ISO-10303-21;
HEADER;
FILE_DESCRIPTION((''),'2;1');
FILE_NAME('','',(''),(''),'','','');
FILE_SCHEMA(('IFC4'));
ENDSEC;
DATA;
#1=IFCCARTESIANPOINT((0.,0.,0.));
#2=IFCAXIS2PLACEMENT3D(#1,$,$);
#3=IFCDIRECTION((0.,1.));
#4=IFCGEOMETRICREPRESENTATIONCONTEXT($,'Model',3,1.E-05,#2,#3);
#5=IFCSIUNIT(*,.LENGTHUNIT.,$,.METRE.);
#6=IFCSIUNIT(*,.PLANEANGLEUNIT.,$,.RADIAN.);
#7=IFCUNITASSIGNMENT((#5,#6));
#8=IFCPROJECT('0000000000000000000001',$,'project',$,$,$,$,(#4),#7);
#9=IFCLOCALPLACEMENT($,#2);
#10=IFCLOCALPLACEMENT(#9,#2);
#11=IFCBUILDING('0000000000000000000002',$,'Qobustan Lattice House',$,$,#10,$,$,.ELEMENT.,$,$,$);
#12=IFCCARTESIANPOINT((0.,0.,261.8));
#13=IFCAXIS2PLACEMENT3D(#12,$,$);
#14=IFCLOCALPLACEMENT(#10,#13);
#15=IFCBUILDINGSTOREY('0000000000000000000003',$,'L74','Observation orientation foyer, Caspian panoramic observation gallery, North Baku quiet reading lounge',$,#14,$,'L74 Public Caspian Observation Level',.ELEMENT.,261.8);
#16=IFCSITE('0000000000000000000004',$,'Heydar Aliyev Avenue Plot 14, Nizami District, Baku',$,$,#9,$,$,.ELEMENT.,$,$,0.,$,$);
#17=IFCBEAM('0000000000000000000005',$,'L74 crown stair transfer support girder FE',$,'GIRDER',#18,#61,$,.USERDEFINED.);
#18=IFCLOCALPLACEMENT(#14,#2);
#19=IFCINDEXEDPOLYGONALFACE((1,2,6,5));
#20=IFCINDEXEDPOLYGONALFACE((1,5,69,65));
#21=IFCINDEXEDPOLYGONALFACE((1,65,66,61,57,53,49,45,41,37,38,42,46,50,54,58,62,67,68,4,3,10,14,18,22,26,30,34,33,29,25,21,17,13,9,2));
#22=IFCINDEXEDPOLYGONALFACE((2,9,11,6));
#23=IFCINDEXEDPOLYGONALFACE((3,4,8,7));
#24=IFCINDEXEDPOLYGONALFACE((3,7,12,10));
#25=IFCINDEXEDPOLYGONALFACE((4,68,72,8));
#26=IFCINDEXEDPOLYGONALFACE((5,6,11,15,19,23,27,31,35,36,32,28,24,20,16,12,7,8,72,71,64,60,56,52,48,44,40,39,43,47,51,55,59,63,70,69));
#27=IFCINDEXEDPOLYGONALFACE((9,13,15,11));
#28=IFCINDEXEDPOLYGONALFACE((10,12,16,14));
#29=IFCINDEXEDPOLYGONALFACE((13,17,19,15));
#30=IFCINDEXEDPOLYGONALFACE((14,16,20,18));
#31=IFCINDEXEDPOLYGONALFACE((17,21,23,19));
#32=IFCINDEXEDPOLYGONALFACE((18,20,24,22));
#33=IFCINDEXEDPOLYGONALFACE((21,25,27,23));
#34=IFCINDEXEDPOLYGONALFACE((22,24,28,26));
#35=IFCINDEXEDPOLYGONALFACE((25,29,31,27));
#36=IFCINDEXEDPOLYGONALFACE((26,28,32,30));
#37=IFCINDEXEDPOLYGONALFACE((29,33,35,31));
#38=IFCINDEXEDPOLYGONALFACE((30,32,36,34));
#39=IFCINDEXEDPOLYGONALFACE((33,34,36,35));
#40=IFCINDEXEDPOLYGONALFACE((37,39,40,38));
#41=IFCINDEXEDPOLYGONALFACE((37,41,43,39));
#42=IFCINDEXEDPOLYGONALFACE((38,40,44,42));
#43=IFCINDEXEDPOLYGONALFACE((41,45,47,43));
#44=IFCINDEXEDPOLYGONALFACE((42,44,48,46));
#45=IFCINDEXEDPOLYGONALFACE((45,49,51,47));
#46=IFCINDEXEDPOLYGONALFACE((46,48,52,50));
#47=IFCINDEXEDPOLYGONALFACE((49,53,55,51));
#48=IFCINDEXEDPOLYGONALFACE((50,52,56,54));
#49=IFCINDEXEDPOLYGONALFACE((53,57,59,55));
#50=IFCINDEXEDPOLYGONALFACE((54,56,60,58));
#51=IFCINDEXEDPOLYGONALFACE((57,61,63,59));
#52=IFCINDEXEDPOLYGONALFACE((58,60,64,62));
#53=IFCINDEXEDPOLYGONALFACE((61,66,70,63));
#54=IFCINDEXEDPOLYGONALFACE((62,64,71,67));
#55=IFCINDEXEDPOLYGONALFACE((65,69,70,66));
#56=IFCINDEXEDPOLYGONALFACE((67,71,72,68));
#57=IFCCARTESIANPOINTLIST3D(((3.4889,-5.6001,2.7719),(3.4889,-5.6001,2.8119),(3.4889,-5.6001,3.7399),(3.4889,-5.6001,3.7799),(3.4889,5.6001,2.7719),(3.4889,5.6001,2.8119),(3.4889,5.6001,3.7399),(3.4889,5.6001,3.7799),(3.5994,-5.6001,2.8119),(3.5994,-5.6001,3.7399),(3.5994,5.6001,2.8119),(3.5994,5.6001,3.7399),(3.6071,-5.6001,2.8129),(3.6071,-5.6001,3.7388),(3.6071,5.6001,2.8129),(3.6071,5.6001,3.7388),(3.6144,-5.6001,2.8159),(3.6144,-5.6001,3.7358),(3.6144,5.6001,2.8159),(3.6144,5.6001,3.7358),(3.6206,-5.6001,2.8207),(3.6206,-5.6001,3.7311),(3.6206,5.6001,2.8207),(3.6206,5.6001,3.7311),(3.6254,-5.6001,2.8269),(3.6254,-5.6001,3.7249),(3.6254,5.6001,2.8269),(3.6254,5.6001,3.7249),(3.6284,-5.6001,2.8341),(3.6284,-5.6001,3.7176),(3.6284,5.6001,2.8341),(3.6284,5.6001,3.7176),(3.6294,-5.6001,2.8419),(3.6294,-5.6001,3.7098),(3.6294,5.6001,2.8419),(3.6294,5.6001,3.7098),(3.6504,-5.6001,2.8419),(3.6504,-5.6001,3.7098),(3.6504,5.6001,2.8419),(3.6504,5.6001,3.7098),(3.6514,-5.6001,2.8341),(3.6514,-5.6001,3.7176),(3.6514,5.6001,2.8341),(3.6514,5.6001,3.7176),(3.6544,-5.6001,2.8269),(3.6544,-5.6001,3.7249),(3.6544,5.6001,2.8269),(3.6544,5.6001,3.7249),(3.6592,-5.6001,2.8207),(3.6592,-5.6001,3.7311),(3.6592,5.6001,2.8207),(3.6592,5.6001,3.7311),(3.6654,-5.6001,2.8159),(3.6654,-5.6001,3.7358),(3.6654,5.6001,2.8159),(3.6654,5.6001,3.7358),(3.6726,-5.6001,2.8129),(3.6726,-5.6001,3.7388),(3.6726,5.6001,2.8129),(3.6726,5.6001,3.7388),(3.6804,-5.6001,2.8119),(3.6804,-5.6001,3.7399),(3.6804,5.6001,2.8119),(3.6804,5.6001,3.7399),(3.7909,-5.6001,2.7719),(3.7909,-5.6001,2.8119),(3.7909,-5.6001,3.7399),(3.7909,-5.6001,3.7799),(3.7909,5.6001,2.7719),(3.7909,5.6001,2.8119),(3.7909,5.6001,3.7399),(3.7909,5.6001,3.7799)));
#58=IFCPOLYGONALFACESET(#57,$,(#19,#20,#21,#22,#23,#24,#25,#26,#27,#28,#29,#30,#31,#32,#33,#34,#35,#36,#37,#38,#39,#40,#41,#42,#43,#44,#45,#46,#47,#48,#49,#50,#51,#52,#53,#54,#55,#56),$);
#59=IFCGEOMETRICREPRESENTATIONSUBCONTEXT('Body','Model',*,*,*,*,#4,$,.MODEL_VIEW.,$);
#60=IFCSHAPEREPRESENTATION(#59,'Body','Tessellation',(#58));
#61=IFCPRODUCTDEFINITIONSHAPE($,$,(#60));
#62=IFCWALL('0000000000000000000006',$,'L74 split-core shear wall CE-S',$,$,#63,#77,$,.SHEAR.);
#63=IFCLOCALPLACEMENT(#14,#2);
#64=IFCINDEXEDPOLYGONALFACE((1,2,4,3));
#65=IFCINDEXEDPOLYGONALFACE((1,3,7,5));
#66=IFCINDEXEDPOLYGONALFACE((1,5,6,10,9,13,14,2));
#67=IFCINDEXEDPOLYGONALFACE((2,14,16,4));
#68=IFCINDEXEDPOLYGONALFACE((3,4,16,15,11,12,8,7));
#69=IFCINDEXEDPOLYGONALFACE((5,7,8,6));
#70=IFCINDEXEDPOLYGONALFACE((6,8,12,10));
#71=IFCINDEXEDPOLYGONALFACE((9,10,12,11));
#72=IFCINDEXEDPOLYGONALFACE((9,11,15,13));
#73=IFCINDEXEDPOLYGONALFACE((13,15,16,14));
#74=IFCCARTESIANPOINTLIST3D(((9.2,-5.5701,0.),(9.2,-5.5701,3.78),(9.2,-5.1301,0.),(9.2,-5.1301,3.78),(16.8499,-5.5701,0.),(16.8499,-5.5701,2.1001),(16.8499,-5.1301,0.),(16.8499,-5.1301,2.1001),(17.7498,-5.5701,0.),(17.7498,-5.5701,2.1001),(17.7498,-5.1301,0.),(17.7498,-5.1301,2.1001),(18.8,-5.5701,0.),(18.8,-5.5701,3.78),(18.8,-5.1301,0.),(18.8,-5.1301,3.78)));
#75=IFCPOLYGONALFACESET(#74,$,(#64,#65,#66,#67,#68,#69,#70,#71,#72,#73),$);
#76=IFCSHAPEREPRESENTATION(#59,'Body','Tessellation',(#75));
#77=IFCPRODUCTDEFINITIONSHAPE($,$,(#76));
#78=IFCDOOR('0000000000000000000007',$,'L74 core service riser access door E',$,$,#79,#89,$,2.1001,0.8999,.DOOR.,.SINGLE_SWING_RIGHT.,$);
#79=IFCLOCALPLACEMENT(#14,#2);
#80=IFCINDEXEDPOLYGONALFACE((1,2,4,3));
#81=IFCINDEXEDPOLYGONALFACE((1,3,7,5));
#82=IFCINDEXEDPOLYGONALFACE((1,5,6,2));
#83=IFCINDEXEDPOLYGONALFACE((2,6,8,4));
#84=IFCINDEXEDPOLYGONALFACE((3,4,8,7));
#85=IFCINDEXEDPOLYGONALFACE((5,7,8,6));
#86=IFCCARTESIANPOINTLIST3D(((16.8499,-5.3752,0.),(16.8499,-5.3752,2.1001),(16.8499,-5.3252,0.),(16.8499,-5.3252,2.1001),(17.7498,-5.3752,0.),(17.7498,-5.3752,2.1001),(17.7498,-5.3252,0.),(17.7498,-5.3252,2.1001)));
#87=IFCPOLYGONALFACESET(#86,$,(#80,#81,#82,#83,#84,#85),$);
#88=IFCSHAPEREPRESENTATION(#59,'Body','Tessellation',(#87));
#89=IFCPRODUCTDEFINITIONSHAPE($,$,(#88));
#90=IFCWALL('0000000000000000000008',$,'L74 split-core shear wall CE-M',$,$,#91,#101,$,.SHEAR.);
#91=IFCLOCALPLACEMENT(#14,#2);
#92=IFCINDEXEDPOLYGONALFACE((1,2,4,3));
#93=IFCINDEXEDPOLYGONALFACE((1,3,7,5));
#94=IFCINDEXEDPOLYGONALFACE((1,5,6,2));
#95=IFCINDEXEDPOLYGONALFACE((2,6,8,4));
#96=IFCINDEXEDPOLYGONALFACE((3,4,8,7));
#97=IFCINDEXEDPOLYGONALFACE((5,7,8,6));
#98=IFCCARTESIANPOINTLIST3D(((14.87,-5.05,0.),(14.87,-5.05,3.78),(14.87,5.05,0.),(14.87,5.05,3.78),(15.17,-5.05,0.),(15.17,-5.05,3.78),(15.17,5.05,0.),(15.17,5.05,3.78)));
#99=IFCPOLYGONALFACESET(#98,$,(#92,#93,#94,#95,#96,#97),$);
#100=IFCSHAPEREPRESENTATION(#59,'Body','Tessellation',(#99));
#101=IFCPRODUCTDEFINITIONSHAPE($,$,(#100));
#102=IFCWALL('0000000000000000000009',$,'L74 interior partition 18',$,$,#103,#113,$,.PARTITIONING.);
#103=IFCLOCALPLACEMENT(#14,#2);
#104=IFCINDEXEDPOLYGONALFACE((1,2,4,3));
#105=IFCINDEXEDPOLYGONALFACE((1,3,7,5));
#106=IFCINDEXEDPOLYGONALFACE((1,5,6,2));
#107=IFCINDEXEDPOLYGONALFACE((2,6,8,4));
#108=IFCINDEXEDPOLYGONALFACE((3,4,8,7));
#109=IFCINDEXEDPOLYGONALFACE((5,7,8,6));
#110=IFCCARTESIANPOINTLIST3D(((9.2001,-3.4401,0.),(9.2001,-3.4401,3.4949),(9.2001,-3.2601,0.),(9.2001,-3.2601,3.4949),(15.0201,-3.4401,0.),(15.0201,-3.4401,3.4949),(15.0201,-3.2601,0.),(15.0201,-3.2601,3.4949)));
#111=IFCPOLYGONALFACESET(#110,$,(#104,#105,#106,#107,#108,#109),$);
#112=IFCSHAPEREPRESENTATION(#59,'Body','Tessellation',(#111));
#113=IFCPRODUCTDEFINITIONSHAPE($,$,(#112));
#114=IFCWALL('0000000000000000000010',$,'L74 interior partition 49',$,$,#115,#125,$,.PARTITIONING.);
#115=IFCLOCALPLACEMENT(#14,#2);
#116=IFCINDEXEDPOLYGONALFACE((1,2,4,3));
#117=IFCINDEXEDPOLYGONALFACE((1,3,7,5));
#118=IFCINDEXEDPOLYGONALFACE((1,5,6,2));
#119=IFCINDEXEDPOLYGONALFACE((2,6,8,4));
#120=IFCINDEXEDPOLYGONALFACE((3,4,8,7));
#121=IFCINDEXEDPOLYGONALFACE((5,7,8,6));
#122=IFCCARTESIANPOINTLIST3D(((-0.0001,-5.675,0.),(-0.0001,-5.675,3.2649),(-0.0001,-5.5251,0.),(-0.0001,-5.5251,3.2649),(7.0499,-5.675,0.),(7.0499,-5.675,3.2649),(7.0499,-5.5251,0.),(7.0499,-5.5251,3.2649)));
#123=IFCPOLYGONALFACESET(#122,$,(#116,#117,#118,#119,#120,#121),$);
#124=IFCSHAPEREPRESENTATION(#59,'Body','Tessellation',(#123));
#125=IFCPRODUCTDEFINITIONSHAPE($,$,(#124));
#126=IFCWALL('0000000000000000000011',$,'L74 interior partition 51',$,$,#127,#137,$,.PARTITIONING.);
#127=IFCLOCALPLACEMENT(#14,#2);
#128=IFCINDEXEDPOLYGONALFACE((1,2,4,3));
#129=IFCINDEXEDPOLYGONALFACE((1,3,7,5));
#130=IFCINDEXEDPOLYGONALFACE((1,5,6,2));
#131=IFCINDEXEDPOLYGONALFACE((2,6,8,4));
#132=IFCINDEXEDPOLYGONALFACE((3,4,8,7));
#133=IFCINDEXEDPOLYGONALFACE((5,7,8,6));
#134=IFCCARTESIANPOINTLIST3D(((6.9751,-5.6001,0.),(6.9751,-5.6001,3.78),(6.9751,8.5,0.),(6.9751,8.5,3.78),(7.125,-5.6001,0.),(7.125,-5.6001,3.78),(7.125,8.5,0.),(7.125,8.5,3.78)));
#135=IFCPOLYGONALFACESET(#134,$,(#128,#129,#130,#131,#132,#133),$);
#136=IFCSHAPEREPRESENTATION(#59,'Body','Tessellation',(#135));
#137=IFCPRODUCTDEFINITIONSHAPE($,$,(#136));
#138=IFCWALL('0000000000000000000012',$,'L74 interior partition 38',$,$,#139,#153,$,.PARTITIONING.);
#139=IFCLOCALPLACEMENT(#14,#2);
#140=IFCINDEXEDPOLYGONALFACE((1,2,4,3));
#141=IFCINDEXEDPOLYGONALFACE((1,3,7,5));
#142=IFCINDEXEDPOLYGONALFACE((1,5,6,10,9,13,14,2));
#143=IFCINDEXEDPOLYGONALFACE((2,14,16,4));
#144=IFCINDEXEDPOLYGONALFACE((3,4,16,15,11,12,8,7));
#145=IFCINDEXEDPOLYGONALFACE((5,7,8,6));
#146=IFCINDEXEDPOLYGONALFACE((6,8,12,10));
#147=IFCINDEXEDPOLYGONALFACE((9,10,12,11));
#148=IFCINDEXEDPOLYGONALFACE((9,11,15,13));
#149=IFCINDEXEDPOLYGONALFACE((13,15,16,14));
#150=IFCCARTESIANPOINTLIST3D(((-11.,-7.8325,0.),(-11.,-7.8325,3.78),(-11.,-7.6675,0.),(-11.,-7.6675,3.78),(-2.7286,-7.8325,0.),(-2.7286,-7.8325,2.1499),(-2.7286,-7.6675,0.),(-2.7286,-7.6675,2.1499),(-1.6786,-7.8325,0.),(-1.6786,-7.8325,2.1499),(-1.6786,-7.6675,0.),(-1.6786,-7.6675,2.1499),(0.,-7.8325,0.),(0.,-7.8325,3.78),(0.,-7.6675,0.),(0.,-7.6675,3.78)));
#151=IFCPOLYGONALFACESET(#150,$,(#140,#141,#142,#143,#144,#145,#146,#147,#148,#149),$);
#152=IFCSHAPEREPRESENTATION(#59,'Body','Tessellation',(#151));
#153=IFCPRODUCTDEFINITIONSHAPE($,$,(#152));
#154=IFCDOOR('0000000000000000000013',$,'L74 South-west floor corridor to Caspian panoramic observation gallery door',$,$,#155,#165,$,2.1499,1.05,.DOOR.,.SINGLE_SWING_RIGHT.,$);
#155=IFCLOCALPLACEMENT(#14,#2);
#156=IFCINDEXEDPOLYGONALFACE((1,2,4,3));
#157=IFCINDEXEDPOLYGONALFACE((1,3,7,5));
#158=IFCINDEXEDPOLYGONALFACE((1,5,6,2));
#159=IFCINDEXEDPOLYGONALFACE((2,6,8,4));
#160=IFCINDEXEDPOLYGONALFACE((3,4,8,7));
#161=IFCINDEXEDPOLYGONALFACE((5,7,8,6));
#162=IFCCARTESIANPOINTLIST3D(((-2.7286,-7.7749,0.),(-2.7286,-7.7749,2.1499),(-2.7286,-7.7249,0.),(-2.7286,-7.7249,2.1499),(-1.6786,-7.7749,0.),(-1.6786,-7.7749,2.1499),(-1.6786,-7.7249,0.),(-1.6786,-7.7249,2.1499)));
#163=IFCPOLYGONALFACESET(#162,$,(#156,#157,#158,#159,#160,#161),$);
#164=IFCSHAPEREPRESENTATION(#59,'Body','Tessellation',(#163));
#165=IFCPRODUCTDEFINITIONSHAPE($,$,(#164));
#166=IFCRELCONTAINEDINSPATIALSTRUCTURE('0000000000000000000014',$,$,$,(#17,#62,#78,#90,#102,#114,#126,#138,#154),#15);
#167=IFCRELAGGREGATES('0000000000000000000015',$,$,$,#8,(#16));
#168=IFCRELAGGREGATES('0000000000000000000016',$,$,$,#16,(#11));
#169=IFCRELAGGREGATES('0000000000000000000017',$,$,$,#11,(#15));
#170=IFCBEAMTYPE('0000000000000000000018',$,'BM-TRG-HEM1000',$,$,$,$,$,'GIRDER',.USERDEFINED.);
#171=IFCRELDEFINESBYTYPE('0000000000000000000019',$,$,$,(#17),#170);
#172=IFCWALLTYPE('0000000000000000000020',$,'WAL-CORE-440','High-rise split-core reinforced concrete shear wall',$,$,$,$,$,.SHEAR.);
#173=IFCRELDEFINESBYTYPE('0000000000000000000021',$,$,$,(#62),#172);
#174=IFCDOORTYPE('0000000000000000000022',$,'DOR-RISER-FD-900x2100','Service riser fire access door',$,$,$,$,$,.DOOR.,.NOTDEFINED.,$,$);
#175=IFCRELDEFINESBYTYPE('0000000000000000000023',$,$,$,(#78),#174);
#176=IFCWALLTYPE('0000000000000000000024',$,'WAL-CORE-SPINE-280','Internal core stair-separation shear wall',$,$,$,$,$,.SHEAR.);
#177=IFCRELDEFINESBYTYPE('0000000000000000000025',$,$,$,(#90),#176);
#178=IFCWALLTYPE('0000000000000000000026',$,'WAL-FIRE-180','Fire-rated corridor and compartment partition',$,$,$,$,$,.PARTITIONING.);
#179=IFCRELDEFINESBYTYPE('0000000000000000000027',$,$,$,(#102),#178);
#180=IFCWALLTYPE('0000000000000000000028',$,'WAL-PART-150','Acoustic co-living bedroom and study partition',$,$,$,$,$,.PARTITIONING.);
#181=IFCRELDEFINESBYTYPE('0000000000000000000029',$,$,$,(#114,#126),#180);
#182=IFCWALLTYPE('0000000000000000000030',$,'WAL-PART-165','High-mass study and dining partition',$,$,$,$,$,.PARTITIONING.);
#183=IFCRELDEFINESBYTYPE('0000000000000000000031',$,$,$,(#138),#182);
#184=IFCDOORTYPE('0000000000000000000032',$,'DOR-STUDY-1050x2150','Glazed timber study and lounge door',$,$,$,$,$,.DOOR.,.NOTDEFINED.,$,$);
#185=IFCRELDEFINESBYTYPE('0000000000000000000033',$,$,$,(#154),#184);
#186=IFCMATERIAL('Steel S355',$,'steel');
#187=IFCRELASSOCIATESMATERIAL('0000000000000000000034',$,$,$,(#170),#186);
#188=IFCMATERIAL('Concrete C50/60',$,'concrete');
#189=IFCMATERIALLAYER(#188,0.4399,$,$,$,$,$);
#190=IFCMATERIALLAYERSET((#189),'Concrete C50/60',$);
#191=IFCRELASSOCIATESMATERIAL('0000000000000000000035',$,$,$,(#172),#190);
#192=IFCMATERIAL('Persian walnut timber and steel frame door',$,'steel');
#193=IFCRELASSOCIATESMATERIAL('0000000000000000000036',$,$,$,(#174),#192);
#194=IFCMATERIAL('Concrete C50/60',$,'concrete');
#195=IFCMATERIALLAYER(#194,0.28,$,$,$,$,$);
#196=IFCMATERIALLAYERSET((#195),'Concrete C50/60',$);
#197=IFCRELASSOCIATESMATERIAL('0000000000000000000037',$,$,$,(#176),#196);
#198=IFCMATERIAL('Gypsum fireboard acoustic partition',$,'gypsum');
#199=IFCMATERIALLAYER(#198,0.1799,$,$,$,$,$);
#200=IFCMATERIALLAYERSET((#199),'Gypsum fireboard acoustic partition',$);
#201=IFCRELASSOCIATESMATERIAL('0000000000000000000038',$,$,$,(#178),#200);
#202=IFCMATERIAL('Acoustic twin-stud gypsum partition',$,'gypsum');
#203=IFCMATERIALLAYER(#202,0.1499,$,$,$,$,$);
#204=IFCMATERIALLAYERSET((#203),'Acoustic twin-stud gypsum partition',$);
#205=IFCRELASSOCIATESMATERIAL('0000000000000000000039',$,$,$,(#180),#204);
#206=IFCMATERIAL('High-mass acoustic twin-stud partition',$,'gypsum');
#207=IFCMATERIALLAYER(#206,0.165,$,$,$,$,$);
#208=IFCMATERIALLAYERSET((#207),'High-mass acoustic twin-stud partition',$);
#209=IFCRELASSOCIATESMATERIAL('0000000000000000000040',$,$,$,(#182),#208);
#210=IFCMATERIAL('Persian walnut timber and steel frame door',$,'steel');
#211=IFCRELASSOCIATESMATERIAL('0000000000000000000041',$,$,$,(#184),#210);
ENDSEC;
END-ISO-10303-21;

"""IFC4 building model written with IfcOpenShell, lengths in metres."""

from ifc_helpers import new_model, si_unit, direction, frame, frame_2d, origin, origin_2d, place, context, subcontext, project, spatial, rectangle, i_section, extrude, material, layer, layer_set, material_profile, profile_set, type_object, element, fill, save


model = new_model("IFC4")

# Units and contexts
model_context = context("Model", 3, precision=1e-05, world=origin(), true_north=direction((0.0, 1.0)))
body_context = subcontext(model_context, "Body", "Model", "MODEL_VIEW")
ifc_project = project(units=[si_unit("LENGTHUNIT", "METRE"), si_unit("PLANEANGLEUNIT", "RADIAN")], contexts=[model_context])

# Site, building, storey
site_placement = place(None, origin())
site = spatial("IfcSite", under=ifc_project, at=site_placement, Name="Heydar Aliyev Avenue Plot 14, Nizami District, Baku", CompositionType="ELEMENT", RefElevation=0.0)
building_placement = place(site_placement, origin())
building = spatial("IfcBuilding", under=site, at=building_placement, Name="Qobustan Lattice House", CompositionType="ELEMENT")
storey_placement = place(building_placement, frame((0.0, 0.0, 261.8)))
storey = spatial("IfcBuildingStorey", under=building, at=storey_placement, Name="L74", Description="Observation orientation foyer, Caspian panoramic observation gallery, North Baku quiet reading lounge", LongName="L74 Public Caspian Observation Level", CompositionType="ELEMENT", Elevation=261.8)

# Beam
ifc_material_1 = material(Name="Steel S355", Category="steel")
ifc_material_profile_1 = material_profile(ifc_material_1, i_section(OverallWidth=0.302, OverallDepth=1.0081, WebThickness=0.021, FlangeThickness=0.04, FilletRadius=0.03, at=origin_2d()), Name="HEM1000")
ifc_profile_set_1 = profile_set([ifc_material_profile_1], Name="Steel S355")
beam_type_1 = type_object("IfcBeamType", Name="BM-TRG-HEM1000", ElementType="GIRDER", PredefinedType="USERDEFINED", material=ifc_profile_set_1)
for number, where, z_axis, x_axis, name in (
    (1, (3.6399, -5.6001, 3.2759), (0.0, 1.0, 0.0), (-1.0, 0.0, 0.0), "L74 crown stair transfer support girder FE"),
):
    element("IfcBeam", number, at=place(storey_placement, frame(where, z_axis=z_axis, x_axis=x_axis)), inside=storey, type_object=beam_type_1, Name=name, ObjectType="GIRDER", PredefinedType="USERDEFINED", context=body_context, shape_type="SweptSolid", body=[
        extrude(i_section(OverallWidth=0.302, OverallDepth=1.0081, WebThickness=0.021, FlangeThickness=0.04, FilletRadius=0.03, at=origin_2d()), origin(), (0.0, 0.0, 1.0), 11.2002),
    ])

# Wall, opening, door
ifc_material_2 = material(Name="Concrete C50/60", Category="concrete")
ifc_layer_1 = layer(ifc_material_2, 0.4399)
ifc_layer_set_1 = layer_set([ifc_layer_1], Name="Concrete C50/60")
wall_type_1 = type_object("IfcWallType", Name="WAL-CORE-440", Description="High-rise split-core reinforced concrete shear wall", PredefinedType="SHEAR", material=ifc_layer_set_1)
wall_1_placement = place(storey_placement, frame((9.2, -5.3501, 0.0), z_axis=(0.0, 0.0, 1.0), x_axis=(1.0, 0.0, 0.0)))
wall_1 = element("IfcWall", 2, at=wall_1_placement, inside=storey, type_object=wall_type_1, Name="L74 split-core shear wall CE-S", PredefinedType="SHEAR", context=body_context, shape_type="SweptSolid", body=[
    extrude(rectangle(XDim=9.6001, YDim=0.4399, at=frame_2d((4.8, 0.0))), origin(), (0.0, 0.0, 1.0), 3.78),
])
opening_1_placement = place(wall_1_placement, frame((7.6499, 0.0, 0.0)))
opening_1 = element("IfcOpeningElement", 3, at=opening_1_placement, cuts=wall_1, PredefinedType="OPENING", context=body_context, shape_type="SweptSolid", body=[
    extrude(rectangle(XDim=0.8999, YDim=2.1001, at=frame_2d((0.45, 1.05))), frame((0.0, 0.23, 0.0), z_axis=(0.0, -1.0, 0.0), x_axis=(1.0, 0.0, 0.0)), (0.0, 0.0, 1.0), 0.46),
])
ifc_material_3 = material(Name="Persian walnut timber and steel frame door", Category="steel")
door_type_1 = type_object("IfcDoorType", Name="DOR-RISER-FD-900x2100", Description="Service riser fire access door", OperationType="NOTDEFINED", PredefinedType="DOOR", material=ifc_material_3)
door_1_placement = place(opening_1_placement, origin())
door_1 = element("IfcDoor", 4, at=door_1_placement, inside=storey, type_object=door_type_1, Name="L74 core service riser access door E", OperationType="SINGLE_SWING_RIGHT", OverallHeight=2.1001, OverallWidth=0.8999, PredefinedType="DOOR", context=body_context, shape_type="SweptSolid", body=[
    extrude(rectangle(XDim=0.8999, YDim=2.1001, at=frame_2d((0.45, 1.05))), frame((0.0, 0.0249, 0.0), z_axis=(0.0, -1.0, 0.0), x_axis=(1.0, 0.0, 0.0)), (0.0, 0.0, 1.0), 0.05),
])
fill(opening_1, door_1)

# Walls
ifc_material_4 = material(Name="Concrete C50/60", Category="concrete")
ifc_layer_2 = layer(ifc_material_4, 0.28)
ifc_layer_set_2 = layer_set([ifc_layer_2], Name="Concrete C50/60")
wall_type_2 = type_object("IfcWallType", Name="WAL-CORE-SPINE-280", Description="Internal core stair-separation shear wall", PredefinedType="SHEAR", material=ifc_layer_set_2)
wall_2_placement = place(storey_placement, frame((15.02, -5.05, 0.0), z_axis=(0.0, 0.0, 1.0), x_axis=(0.0, 1.0, 0.0)))
element("IfcWall", 5, at=wall_2_placement, inside=storey, type_object=wall_type_2, Name="L74 split-core shear wall CE-M", PredefinedType="SHEAR", context=body_context, shape_type="SweptSolid", body=[
    extrude(rectangle(XDim=10.1001, YDim=0.3, at=frame_2d((5.05, 0.0))), origin(), (0.0, 0.0, 1.0), 3.78),
])
ifc_material_5 = material(Name="Gypsum fireboard acoustic partition", Category="gypsum")
ifc_layer_3 = layer(ifc_material_5, 0.1799)
ifc_layer_set_3 = layer_set([ifc_layer_3], Name="Gypsum fireboard acoustic partition")
wall_type_3 = type_object("IfcWallType", Name="WAL-FIRE-180", Description="Fire-rated corridor and compartment partition", PredefinedType="PARTITIONING", material=ifc_layer_set_3)
wall_3_placement = place(storey_placement, frame((9.2, -3.3501, 0.0), z_axis=(0.0, 0.0, 1.0), x_axis=(1.0, 0.0, 0.0)))
element("IfcWall", 6, at=wall_3_placement, inside=storey, type_object=wall_type_3, Name="L74 interior partition 18", PredefinedType="PARTITIONING", context=body_context, shape_type="SweptSolid", body=[
    extrude(rectangle(XDim=5.8201, YDim=0.1799, at=frame_2d((2.9102, 0.0))), origin(), (0.0, 0.0, 1.0), 3.4949),
])
ifc_material_6 = material(Name="Acoustic twin-stud gypsum partition", Category="gypsum")
ifc_layer_4 = layer(ifc_material_6, 0.1499)
ifc_layer_set_4 = layer_set([ifc_layer_4], Name="Acoustic twin-stud gypsum partition")
wall_type_4 = type_object("IfcWallType", Name="WAL-PART-150", Description="Acoustic co-living bedroom and study partition", PredefinedType="PARTITIONING", material=ifc_layer_set_4)
wall_4_placement = place(storey_placement, frame((0.0, -5.6001, 0.0), z_axis=(0.0, 0.0, 1.0), x_axis=(1.0, 0.0, 0.0)))
element("IfcWall", 7, at=wall_4_placement, inside=storey, type_object=wall_type_4, Name="L74 interior partition 49", PredefinedType="PARTITIONING", context=body_context, shape_type="SweptSolid", body=[
    extrude(rectangle(XDim=7.05, YDim=0.1499, at=frame_2d((3.5249, 0.0))), origin(), (0.0, 0.0, 1.0), 3.2649),
])
wall_5_placement = place(storey_placement, frame((7.05, -5.6001, 0.0), z_axis=(0.0, 0.0, 1.0), x_axis=(0.0, 1.0, 0.0)))
element("IfcWall", 8, at=wall_5_placement, inside=storey, type_object=wall_type_4, Name="L74 interior partition 51", PredefinedType="PARTITIONING", context=body_context, shape_type="SweptSolid", body=[
    extrude(rectangle(XDim=14.1001, YDim=0.1499, at=frame_2d((7.05, 0.0))), origin(), (0.0, 0.0, 1.0), 3.78),
])

# Wall, opening, door
ifc_material_7 = material(Name="High-mass acoustic twin-stud partition", Category="gypsum")
ifc_layer_5 = layer(ifc_material_7, 0.165)
ifc_layer_set_5 = layer_set([ifc_layer_5], Name="High-mass acoustic twin-stud partition")
wall_type_5 = type_object("IfcWallType", Name="WAL-PART-165", Description="High-mass study and dining partition", PredefinedType="PARTITIONING", material=ifc_layer_set_5)
wall_6_placement = place(storey_placement, frame((0.0, -7.75, 0.0), z_axis=(0.0, 0.0, 1.0), x_axis=(-1.0, 0.0, 0.0)))
wall_6 = element("IfcWall", 9, at=wall_6_placement, inside=storey, type_object=wall_type_5, Name="L74 interior partition 38", PredefinedType="PARTITIONING", context=body_context, shape_type="SweptSolid", body=[
    extrude(rectangle(XDim=11.0, YDim=0.165, at=frame_2d((5.5, 0.0))), origin(), (0.0, 0.0, 1.0), 3.78),
])
opening_2_placement = place(wall_6_placement, frame((1.6787, 0.0, 0.0)))
opening_2 = element("IfcOpeningElement", 10, at=opening_2_placement, cuts=wall_6, PredefinedType="OPENING", context=body_context, shape_type="SweptSolid", body=[
    extrude(rectangle(XDim=1.05, YDim=2.1499, at=frame_2d((0.5249, 1.075))), frame((0.0, 0.0925, 0.0), z_axis=(0.0, -1.0, 0.0), x_axis=(1.0, 0.0, 0.0)), (0.0, 0.0, 1.0), 0.1851),
])
ifc_material_8 = material(Name="Persian walnut timber and steel frame door", Category="steel")
door_type_2 = type_object("IfcDoorType", Name="DOR-STUDY-1050x2150", Description="Glazed timber study and lounge door", OperationType="NOTDEFINED", PredefinedType="DOOR", material=ifc_material_8)
door_2_placement = place(opening_2_placement, origin())
door_2 = element("IfcDoor", 11, at=door_2_placement, inside=storey, type_object=door_type_2, Name="L74 South-west floor corridor to Caspian panoramic observation gallery door", OperationType="SINGLE_SWING_RIGHT", OverallHeight=2.1499, OverallWidth=1.05, PredefinedType="DOOR", context=body_context, shape_type="SweptSolid", body=[
    extrude(rectangle(XDim=1.05, YDim=2.1499, at=frame_2d((0.5249, 1.075))), frame((0.0, 0.0249, 0.0), z_axis=(0.0, -1.0, 0.0), x_axis=(1.0, 0.0, 0.0)), (0.0, 0.0, 1.0), 0.05),
])
fill(opening_2, door_2)

save(model, "model.ifc")
